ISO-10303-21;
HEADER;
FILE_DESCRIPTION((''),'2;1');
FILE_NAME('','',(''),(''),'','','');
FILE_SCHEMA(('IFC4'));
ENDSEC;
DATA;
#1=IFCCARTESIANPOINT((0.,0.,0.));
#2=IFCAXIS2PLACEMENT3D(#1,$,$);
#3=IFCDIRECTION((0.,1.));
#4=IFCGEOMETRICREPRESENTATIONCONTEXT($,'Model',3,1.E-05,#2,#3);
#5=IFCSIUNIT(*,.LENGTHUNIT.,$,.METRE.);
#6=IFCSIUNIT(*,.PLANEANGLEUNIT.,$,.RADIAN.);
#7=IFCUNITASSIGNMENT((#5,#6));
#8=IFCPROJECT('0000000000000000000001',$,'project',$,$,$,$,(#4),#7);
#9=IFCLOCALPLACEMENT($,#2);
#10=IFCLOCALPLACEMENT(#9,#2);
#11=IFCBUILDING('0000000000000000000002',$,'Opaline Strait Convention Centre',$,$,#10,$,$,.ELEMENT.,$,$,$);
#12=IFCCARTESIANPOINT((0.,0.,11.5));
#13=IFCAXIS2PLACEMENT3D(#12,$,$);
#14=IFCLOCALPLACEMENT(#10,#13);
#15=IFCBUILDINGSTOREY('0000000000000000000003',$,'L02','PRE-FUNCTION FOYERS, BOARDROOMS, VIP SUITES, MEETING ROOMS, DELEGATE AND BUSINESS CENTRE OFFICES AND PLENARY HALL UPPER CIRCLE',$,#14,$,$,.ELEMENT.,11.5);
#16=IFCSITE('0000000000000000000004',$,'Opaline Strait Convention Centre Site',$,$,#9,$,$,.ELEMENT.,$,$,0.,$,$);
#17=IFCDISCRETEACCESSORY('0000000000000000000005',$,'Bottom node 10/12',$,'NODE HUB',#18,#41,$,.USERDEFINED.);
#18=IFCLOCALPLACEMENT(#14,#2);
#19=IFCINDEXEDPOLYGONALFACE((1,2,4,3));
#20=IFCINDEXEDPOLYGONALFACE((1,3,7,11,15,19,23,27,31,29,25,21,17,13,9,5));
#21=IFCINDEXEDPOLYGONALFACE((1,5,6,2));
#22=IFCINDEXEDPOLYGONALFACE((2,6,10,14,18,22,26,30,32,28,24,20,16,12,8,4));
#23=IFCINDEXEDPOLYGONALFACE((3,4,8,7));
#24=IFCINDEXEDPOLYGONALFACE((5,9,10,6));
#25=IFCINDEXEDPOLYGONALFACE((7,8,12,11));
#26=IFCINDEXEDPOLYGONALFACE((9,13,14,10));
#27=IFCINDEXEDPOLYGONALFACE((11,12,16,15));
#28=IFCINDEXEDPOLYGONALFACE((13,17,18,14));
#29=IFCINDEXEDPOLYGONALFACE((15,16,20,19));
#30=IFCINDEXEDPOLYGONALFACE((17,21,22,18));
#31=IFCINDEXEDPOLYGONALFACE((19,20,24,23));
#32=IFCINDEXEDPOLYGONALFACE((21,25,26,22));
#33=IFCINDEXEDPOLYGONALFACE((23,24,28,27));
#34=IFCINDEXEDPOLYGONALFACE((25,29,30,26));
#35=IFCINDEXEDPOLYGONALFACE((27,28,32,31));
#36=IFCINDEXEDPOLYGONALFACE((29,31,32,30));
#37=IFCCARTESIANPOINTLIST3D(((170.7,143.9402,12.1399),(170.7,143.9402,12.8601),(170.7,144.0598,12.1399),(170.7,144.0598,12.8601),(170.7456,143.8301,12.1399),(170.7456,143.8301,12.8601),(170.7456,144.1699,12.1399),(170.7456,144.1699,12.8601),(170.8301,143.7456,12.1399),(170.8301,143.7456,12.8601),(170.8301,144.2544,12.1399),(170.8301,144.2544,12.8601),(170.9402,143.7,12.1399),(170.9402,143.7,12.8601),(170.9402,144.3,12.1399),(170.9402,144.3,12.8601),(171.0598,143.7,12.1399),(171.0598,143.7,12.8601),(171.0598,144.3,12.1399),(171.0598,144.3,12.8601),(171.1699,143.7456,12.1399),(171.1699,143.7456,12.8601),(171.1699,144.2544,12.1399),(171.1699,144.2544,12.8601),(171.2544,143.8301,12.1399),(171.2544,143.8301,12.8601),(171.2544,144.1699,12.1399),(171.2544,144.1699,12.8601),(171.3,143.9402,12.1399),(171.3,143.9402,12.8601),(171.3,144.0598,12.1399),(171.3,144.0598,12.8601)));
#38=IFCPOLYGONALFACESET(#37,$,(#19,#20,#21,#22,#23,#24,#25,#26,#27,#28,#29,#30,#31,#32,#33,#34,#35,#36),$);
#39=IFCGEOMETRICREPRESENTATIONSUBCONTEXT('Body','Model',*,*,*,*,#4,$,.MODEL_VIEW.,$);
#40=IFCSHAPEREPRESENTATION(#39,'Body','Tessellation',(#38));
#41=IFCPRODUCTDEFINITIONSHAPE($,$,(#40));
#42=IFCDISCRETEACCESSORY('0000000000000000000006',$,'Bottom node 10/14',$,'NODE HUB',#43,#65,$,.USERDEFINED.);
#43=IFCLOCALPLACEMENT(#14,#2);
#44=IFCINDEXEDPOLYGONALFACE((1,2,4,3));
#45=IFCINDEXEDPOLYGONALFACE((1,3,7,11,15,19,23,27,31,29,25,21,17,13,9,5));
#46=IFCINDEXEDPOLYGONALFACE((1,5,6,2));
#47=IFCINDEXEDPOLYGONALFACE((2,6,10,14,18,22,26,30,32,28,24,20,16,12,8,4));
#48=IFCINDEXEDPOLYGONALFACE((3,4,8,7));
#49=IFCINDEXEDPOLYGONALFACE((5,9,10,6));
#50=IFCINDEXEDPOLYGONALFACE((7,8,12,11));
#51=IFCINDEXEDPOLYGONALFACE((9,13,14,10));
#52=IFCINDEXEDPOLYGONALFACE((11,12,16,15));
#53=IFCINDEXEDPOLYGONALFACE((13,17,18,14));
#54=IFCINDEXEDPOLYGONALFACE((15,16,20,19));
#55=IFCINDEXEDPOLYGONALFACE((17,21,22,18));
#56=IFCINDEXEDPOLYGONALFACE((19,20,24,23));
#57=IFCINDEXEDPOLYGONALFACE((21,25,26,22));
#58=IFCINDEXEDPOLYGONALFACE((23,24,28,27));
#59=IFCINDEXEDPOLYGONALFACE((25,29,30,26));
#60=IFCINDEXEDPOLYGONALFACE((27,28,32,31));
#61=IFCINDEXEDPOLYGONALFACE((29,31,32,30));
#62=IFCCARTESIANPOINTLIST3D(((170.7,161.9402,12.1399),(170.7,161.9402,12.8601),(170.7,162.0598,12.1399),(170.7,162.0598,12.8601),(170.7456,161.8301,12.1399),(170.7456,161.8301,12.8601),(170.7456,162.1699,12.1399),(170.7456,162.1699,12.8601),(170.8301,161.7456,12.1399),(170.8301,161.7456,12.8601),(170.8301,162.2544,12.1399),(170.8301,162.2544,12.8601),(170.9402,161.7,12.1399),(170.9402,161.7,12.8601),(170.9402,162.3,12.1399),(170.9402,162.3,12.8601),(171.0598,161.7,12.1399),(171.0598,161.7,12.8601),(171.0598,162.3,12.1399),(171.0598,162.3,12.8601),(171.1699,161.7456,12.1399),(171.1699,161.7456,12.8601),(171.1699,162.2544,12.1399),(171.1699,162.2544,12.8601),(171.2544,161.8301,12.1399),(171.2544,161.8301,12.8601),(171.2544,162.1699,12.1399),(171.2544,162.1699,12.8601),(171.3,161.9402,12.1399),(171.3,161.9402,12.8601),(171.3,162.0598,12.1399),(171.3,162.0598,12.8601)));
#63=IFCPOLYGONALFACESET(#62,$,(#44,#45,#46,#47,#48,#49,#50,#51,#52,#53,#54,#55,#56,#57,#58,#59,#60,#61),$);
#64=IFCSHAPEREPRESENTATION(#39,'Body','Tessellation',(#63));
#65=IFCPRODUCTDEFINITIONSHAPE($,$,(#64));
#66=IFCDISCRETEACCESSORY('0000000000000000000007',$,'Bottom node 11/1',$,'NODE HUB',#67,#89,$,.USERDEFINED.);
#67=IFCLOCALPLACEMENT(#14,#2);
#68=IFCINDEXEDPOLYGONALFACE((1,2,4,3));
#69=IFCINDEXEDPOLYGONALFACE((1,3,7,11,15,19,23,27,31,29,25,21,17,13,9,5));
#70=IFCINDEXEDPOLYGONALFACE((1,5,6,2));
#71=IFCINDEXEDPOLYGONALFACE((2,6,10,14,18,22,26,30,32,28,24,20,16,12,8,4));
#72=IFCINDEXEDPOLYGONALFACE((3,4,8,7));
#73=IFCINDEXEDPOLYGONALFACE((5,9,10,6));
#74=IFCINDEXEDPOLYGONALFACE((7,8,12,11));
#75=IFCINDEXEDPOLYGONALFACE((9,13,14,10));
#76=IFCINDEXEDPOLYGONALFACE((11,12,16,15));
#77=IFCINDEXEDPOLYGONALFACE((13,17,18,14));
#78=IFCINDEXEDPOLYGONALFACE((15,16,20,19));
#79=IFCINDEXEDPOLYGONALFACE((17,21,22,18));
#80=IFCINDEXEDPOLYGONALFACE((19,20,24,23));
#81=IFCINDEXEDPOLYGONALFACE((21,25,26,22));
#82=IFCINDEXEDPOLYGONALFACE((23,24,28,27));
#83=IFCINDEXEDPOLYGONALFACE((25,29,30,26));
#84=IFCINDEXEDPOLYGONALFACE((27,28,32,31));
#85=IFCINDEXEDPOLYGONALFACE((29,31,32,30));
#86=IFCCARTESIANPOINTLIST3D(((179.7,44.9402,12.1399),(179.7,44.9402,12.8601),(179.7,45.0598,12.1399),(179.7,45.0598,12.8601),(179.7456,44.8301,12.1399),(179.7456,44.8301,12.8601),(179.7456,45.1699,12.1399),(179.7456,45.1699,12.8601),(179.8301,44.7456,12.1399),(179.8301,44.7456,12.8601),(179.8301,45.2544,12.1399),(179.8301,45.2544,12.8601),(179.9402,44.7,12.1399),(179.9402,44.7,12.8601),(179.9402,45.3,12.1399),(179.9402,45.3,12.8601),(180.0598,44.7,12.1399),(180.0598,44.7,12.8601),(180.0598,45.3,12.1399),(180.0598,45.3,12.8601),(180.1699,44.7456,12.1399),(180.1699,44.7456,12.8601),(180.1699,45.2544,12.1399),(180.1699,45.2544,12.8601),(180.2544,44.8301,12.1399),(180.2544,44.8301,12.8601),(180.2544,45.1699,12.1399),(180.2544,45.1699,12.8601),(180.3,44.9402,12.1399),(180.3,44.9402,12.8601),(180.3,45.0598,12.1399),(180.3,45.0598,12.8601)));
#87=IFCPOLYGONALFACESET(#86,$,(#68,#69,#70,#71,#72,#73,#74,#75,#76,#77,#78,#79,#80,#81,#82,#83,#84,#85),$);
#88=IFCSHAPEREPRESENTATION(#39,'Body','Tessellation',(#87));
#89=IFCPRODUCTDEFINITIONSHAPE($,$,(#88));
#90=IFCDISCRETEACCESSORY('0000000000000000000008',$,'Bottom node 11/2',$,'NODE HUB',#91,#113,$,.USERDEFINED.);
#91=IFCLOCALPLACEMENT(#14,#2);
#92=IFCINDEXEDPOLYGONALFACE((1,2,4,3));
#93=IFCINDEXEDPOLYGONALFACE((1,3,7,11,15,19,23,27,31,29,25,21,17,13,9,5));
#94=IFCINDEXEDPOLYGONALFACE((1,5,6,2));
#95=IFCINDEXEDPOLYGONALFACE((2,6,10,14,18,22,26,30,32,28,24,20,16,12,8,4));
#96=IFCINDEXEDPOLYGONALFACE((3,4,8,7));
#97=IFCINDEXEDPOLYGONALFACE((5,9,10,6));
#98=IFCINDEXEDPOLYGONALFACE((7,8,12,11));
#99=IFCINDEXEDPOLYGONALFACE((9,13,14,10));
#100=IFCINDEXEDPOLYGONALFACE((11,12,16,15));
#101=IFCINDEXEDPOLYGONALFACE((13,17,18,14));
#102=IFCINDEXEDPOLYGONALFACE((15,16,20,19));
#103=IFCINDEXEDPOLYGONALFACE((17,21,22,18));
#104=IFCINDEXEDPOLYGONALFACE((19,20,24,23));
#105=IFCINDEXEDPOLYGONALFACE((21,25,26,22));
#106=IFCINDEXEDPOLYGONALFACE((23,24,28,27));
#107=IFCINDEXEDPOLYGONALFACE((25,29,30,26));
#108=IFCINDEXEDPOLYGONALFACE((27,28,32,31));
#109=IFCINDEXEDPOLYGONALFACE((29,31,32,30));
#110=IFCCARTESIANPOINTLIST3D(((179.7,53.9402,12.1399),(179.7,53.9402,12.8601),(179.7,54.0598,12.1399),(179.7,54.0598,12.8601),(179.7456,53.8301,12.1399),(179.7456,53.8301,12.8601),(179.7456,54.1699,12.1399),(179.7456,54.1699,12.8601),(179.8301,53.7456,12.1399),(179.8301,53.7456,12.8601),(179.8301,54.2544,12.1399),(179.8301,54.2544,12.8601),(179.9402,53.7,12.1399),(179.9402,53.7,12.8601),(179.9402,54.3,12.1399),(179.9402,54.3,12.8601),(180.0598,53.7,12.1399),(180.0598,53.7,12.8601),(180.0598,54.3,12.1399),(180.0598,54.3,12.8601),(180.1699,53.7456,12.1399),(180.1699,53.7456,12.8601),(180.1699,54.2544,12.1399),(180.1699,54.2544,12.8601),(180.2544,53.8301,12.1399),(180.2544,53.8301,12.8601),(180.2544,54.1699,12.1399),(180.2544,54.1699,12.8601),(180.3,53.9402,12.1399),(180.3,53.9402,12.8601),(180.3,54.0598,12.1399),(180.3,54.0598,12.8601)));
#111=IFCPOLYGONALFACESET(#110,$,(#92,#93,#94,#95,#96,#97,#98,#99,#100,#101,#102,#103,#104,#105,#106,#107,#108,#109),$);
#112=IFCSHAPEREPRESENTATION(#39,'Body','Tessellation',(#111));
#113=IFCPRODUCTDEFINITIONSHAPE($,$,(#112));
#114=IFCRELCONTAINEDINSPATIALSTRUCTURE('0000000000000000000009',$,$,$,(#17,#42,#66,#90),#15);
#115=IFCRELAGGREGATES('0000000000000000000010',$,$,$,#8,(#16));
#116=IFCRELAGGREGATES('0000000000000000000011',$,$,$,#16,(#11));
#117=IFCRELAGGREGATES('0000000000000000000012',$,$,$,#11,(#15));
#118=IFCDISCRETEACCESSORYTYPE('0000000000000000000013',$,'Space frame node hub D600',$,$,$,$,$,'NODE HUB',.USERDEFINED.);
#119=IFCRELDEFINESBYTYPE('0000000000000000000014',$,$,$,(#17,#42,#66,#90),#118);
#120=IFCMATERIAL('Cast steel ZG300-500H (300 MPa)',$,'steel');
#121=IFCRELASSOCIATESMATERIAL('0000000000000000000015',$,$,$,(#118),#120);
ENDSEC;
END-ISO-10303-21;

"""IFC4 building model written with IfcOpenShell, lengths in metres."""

from ifc_helpers import new_model, si_unit, direction, frame, origin, place, context, subcontext, project, spatial, polyline, outline, extrude, material, type_object, element, save


model = new_model("IFC4")

# Units and contexts
model_context = context("Model", 3, precision=1e-05, world=origin(), true_north=direction((0.0, 1.0)))
body_context = subcontext(model_context, "Body", "Model", "MODEL_VIEW")
ifc_project = project(units=[si_unit("LENGTHUNIT", "METRE"), si_unit("PLANEANGLEUNIT", "RADIAN")], contexts=[model_context])

# Site, building, storey
site_placement = place(None, origin())
site = spatial("IfcSite", under=ifc_project, at=site_placement, Name="Opaline Strait Convention Centre Site", CompositionType="ELEMENT", RefElevation=0.0)
building_placement = place(site_placement, origin())
building = spatial("IfcBuilding", under=site, at=building_placement, Name="Opaline Strait Convention Centre", CompositionType="ELEMENT")
storey_placement = place(building_placement, frame((0.0, 0.0, 11.5)))
storey = spatial("IfcBuildingStorey", under=building, at=storey_placement, Name="L02", Description="PRE-FUNCTION FOYERS, BOARDROOMS, VIP SUITES, MEETING ROOMS, DELEGATE AND BUSINESS CENTRE OFFICES AND PLENARY HALL UPPER CIRCLE", CompositionType="ELEMENT", Elevation=11.5)

# Discrete accessories
ifc_material = material(Name="Cast steel ZG300-500H (300 MPa)", Category="steel")
discrete_accessory_type_1 = type_object("IfcDiscreteAccessoryType", Name="Space frame node hub D600", ElementType="NODE HUB", PredefinedType="USERDEFINED", material=ifc_material)
discrete_accessory_1_placement = place(storey_placement, frame((0.0, 0.0, 12.1399)))
element("IfcDiscreteAccessory", 1, at=discrete_accessory_1_placement, inside=storey, type_object=discrete_accessory_type_1, Name="Bottom node 10/12", ObjectType="NODE HUB", PredefinedType="USERDEFINED", context=body_context, shape_type="SweptSolid", body=[
    extrude(outline(polyline([(171.3, 144.0598), (171.2544, 144.1699), (171.1699, 144.2544), (171.0598, 144.3), (170.9402, 144.3), (170.8301, 144.2544), (170.7456, 144.1699), (170.7, 144.0598), (170.7, 143.9402), (170.7456, 143.8301), (170.8301, 143.7456), (170.9402, 143.7), (171.0598, 143.7), (171.1699, 143.7456), (171.2544, 143.8301), (171.3, 143.9402), (171.3, 144.0598)])), origin(), (0.0, 0.0, 1.0), 0.7202),
])
discrete_accessory_2_placement = place(storey_placement, frame((0.0, 0.0, 12.1399)))
element("IfcDiscreteAccessory", 2, at=discrete_accessory_2_placement, inside=storey, type_object=discrete_accessory_type_1, Name="Bottom node 10/14", ObjectType="NODE HUB", PredefinedType="USERDEFINED", context=body_context, shape_type="SweptSolid", body=[
    extrude(outline(polyline([(171.3, 162.0598), (171.2544, 162.1699), (171.1699, 162.2544), (171.0598, 162.3), (170.9402, 162.3), (170.8301, 162.2544), (170.7456, 162.1699), (170.7, 162.0598), (170.7, 161.9402), (170.7456, 161.8301), (170.8301, 161.7456), (170.9402, 161.7), (171.0598, 161.7), (171.1699, 161.7456), (171.2544, 161.8301), (171.3, 161.9402), (171.3, 162.0598)])), origin(), (0.0, 0.0, 1.0), 0.7202),
])
discrete_accessory_3_placement = place(storey_placement, frame((0.0, 0.0, 12.1399)))
element("IfcDiscreteAccessory", 3, at=discrete_accessory_3_placement, inside=storey, type_object=discrete_accessory_type_1, Name="Bottom node 11/1", ObjectType="NODE HUB", PredefinedType="USERDEFINED", context=body_context, shape_type="SweptSolid", body=[
    extrude(outline(polyline([(180.3, 45.0598), (180.2544, 45.1699), (180.1699, 45.2544), (180.0598, 45.3), (179.9402, 45.3), (179.8301, 45.2544), (179.7456, 45.1699), (179.7, 45.0598), (179.7, 44.9402), (179.7456, 44.8301), (179.8301, 44.7456), (179.9402, 44.7), (180.0598, 44.7), (180.1699, 44.7456), (180.2544, 44.8301), (180.3, 44.9402), (180.3, 45.0598)])), origin(), (0.0, 0.0, 1.0), 0.7202),
])
discrete_accessory_4_placement = place(storey_placement, frame((0.0, 0.0, 12.1399)))
element("IfcDiscreteAccessory", 4, at=discrete_accessory_4_placement, inside=storey, type_object=discrete_accessory_type_1, Name="Bottom node 11/2", ObjectType="NODE HUB", PredefinedType="USERDEFINED", context=body_context, shape_type="SweptSolid", body=[
    extrude(outline(polyline([(180.3, 54.0598), (180.2544, 54.1699), (180.1699, 54.2544), (180.0598, 54.3), (179.9402, 54.3), (179.8301, 54.2544), (179.7456, 54.1699), (179.7, 54.0598), (179.7, 53.9402), (179.7456, 53.8301), (179.8301, 53.7456), (179.9402, 53.7), (180.0598, 53.7), (180.1699, 53.7456), (180.2544, 53.8301), (180.3, 53.9402), (180.3, 54.0598)])), origin(), (0.0, 0.0, 1.0), 0.7202),
])

save(model, "model.ifc")
